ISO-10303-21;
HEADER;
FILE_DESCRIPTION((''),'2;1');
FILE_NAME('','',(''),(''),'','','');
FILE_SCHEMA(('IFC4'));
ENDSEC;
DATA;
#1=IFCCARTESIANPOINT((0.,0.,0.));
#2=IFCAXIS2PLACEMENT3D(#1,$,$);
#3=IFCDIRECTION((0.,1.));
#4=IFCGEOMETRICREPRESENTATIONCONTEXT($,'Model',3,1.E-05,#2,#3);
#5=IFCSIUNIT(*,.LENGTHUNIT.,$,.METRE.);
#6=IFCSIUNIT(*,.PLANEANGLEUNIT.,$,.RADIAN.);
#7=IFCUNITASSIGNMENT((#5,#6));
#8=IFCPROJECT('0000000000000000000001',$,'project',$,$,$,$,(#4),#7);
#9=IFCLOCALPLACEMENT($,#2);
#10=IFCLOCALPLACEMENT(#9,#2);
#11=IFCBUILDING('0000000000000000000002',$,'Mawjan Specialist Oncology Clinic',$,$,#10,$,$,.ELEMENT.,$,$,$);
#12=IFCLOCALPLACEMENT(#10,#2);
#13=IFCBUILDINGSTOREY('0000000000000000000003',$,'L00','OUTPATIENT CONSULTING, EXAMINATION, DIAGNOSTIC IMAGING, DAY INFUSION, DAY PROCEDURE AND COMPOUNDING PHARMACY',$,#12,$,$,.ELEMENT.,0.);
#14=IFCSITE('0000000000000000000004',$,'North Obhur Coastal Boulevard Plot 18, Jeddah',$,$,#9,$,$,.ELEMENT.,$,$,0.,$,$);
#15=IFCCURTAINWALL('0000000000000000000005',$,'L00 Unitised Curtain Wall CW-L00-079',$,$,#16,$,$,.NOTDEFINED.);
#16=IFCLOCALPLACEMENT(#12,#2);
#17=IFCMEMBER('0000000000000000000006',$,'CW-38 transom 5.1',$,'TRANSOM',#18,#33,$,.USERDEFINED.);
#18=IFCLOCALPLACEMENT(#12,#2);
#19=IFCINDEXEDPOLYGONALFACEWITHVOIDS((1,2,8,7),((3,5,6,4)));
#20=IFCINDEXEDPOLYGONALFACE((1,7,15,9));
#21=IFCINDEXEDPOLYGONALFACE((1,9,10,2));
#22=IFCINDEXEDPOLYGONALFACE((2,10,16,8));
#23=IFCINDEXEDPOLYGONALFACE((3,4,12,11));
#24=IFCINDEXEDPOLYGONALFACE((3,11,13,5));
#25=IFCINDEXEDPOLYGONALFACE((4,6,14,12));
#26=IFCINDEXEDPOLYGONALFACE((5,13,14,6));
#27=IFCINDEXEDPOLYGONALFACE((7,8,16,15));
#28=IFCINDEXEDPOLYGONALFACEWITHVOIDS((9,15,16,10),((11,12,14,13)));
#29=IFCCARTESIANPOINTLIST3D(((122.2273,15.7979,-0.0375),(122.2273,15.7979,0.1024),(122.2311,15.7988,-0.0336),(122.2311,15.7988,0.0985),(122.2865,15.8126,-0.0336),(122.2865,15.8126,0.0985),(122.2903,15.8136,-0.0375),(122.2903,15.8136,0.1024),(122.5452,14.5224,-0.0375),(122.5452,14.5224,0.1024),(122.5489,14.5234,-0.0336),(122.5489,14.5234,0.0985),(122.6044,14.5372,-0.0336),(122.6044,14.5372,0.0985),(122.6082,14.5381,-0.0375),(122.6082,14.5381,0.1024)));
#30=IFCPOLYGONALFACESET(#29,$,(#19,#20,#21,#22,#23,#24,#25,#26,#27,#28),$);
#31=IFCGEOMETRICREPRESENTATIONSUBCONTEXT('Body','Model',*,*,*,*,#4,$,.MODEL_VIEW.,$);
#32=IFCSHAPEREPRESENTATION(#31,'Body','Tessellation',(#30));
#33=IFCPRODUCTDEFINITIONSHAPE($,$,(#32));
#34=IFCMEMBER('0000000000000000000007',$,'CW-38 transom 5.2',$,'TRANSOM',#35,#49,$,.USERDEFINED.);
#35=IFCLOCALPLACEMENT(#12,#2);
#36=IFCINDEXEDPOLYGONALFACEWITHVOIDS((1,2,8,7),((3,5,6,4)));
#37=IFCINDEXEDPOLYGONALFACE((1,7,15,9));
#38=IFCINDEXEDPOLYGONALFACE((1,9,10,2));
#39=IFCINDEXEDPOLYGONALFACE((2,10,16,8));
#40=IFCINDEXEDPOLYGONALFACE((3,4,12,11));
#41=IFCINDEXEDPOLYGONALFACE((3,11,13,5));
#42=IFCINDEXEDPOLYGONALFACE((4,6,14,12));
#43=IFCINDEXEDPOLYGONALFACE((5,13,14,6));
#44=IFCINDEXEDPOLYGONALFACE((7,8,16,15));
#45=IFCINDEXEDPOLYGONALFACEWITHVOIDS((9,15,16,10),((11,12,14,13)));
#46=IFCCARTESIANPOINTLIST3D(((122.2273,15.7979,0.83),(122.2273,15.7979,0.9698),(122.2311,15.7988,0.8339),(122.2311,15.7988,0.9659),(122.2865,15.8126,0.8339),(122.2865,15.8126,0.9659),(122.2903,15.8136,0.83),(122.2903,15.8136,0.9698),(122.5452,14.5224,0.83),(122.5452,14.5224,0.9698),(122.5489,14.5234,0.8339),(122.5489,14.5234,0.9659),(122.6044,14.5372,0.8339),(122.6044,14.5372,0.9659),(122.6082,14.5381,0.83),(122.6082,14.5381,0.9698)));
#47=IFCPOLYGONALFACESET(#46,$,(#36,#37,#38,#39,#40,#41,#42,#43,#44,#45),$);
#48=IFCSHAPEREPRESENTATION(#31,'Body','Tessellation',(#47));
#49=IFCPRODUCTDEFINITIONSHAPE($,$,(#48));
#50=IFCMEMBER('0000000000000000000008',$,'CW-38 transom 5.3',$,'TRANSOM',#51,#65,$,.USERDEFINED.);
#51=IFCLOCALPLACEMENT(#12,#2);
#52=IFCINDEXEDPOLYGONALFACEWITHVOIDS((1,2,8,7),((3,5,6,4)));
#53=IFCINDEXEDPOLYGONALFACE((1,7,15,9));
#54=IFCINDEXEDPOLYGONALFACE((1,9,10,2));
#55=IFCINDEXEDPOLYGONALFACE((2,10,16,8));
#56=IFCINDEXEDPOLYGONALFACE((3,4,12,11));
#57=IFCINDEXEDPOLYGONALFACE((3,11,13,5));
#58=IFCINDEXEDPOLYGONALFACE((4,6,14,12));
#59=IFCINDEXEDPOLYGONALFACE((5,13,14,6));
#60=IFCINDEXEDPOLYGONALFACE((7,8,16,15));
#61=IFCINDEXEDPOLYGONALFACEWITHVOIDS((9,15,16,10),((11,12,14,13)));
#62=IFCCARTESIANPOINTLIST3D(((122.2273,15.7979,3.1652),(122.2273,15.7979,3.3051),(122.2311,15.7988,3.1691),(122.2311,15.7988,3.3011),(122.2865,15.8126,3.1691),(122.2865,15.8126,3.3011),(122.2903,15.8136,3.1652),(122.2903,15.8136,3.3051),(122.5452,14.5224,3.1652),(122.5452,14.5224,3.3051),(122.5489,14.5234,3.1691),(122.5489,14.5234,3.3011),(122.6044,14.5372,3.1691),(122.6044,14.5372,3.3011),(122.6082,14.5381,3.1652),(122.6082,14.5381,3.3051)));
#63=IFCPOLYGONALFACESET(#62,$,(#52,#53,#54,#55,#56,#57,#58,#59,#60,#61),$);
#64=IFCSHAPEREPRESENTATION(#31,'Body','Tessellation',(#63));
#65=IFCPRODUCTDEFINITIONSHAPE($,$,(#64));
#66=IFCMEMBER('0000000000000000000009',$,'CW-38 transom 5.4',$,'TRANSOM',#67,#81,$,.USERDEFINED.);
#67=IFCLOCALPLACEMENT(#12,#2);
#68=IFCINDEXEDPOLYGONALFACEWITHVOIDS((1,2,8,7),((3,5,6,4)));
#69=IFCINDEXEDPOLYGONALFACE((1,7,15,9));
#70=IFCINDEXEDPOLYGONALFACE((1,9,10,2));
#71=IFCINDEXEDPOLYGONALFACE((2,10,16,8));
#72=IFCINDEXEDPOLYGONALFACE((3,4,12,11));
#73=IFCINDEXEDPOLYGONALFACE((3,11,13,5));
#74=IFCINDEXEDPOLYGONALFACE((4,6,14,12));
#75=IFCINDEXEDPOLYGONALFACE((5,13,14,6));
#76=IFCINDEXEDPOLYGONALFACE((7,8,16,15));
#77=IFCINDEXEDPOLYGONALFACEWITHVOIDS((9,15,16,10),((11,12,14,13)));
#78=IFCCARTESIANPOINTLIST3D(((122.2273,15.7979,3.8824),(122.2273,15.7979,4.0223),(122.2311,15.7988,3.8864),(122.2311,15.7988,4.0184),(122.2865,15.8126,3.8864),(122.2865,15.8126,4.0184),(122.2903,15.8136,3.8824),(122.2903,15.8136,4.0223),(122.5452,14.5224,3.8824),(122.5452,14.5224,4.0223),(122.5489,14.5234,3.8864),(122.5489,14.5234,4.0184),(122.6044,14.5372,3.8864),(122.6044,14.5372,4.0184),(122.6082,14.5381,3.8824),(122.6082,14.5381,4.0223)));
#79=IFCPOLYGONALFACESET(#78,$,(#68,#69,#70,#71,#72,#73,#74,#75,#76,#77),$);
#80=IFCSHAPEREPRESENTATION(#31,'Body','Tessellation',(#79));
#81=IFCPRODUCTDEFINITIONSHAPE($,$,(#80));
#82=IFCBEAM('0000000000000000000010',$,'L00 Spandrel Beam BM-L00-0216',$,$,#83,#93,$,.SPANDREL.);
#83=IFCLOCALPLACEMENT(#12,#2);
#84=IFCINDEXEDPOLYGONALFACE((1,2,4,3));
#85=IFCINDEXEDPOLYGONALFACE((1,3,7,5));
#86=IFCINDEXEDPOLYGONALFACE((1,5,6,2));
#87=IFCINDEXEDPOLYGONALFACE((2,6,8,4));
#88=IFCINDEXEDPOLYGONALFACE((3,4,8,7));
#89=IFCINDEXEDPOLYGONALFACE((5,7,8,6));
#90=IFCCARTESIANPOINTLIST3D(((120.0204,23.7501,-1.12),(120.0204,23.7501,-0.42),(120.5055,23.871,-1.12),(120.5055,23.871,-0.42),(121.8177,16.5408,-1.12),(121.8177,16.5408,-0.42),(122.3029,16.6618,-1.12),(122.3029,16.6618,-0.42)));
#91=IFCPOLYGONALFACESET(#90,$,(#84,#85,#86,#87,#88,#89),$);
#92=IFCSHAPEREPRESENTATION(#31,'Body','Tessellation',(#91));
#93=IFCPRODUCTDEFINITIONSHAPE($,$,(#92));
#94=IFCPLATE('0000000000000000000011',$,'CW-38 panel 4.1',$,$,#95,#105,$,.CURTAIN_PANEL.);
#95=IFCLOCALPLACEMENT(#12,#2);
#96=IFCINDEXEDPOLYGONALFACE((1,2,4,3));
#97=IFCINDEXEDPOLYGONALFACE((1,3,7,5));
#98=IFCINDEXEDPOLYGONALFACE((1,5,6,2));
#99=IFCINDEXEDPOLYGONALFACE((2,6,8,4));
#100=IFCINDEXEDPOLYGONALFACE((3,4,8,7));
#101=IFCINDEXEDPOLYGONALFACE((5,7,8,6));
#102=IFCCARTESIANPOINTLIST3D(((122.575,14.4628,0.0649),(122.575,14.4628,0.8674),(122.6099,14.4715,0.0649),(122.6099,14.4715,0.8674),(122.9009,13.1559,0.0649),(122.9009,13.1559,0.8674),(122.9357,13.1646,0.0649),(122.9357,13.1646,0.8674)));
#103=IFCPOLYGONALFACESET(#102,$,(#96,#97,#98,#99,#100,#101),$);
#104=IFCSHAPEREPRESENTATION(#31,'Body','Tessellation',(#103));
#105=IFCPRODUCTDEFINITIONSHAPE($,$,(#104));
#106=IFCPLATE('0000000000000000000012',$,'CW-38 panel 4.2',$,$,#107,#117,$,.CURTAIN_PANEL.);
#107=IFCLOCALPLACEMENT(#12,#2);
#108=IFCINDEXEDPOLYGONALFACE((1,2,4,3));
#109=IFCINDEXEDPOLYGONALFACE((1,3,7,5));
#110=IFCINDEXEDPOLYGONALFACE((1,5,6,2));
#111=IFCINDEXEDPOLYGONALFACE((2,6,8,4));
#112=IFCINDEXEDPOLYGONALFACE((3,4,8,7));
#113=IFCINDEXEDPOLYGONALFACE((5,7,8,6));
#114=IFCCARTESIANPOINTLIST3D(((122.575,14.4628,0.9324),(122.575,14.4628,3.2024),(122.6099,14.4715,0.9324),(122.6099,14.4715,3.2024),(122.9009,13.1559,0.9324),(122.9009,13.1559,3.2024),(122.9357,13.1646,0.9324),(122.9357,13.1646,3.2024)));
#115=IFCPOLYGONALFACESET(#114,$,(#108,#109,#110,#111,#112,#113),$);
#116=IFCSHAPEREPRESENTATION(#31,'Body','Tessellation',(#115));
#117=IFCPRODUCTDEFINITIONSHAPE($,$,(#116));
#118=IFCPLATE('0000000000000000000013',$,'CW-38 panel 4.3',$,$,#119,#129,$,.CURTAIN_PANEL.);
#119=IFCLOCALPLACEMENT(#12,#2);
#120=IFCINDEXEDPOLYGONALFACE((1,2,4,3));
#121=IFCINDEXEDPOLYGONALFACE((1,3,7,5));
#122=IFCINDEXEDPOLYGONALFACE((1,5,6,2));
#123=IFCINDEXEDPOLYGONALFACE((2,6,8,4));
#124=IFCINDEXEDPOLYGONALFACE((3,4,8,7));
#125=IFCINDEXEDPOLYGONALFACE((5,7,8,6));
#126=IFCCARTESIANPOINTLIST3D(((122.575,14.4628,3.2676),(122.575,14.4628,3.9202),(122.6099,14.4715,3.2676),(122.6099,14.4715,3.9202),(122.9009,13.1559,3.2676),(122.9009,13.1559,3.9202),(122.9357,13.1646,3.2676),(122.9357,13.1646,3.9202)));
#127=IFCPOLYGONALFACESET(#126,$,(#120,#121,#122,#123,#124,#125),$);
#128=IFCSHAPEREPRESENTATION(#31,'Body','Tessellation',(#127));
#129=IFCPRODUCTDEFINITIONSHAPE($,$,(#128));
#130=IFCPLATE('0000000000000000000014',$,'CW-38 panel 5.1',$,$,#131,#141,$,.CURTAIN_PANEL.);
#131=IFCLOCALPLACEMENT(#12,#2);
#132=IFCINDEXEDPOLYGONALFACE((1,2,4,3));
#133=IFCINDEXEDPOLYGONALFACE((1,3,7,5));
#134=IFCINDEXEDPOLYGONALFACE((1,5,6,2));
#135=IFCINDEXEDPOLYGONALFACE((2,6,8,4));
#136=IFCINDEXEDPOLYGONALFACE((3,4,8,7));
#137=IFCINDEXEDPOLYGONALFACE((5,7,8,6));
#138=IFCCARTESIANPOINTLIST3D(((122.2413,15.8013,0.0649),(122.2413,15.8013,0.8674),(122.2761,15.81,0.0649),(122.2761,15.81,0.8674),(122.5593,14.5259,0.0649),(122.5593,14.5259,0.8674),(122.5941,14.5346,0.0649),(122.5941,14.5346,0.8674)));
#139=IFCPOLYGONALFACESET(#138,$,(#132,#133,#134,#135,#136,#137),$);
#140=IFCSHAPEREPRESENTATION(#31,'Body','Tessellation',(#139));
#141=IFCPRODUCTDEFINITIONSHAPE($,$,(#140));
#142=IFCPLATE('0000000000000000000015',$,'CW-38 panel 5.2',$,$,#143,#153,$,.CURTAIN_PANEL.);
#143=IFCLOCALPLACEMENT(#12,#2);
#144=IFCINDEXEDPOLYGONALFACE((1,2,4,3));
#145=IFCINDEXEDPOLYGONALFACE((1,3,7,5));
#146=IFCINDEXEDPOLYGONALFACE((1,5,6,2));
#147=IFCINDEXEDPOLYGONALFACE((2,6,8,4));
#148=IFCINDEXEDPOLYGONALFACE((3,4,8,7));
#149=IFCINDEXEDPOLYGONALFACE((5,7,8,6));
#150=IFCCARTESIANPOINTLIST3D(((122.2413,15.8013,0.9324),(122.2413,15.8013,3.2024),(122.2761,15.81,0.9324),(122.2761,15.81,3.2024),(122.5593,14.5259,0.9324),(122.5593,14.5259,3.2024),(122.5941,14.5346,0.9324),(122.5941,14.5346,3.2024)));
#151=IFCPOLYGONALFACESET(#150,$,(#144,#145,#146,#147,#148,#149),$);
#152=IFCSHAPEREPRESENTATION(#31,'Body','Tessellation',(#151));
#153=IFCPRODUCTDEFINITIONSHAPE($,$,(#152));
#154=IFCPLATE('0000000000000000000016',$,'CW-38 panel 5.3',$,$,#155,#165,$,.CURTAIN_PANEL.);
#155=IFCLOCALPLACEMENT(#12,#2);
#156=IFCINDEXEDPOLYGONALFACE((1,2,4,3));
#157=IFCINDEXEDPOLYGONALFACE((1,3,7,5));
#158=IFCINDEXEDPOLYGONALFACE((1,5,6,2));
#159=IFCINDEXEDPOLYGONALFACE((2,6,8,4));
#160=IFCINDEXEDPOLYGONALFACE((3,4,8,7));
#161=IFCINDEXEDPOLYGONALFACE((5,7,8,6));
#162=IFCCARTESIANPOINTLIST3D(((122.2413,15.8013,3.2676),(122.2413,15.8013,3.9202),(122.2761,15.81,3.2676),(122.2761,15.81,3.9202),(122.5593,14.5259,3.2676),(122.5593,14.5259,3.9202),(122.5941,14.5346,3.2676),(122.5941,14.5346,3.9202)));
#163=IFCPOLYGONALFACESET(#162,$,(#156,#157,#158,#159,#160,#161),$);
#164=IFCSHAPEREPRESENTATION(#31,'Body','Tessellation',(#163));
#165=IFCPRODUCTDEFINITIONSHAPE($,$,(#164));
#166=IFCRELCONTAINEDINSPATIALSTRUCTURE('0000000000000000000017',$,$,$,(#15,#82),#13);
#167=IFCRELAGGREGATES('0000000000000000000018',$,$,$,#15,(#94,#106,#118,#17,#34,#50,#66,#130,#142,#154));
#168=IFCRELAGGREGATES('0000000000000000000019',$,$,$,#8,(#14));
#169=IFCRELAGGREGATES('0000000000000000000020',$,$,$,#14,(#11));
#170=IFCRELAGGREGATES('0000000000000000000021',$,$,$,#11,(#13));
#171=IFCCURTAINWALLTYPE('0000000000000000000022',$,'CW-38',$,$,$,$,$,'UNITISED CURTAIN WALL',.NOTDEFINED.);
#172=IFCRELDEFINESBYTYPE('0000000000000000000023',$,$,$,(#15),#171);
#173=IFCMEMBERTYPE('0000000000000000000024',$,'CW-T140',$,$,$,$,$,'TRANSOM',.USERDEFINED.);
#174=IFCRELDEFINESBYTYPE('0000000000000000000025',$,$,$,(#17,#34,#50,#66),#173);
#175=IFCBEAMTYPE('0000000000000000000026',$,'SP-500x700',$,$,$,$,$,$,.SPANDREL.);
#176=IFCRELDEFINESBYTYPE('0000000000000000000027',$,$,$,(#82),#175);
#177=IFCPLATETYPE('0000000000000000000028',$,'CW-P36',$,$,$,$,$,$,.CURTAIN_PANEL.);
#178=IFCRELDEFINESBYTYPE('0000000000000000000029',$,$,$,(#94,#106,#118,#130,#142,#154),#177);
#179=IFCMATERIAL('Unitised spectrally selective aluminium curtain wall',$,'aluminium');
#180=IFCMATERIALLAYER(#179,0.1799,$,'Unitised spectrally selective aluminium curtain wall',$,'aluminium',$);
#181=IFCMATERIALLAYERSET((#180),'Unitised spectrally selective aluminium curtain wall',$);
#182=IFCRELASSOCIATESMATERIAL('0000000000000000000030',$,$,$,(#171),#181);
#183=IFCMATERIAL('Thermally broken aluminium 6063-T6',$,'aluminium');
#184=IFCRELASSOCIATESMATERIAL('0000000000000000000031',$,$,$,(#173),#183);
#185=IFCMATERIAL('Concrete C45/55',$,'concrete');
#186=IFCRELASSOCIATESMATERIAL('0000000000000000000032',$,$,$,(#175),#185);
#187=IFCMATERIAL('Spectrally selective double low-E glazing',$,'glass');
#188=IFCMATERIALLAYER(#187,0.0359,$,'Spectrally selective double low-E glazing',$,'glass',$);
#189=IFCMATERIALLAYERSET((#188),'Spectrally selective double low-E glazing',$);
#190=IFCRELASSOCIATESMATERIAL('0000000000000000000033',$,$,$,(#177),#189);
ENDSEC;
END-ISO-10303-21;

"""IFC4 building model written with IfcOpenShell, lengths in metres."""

from ifc_helpers import new_model, si_unit, direction, frame, origin, origin_2d, place, context, subcontext, project, spatial, rectangle, hollow_rectangle, extrude, material, layer, layer_set, material_profile, profile_set, type_object, element, aggregate, save


model = new_model("IFC4")

# Units and contexts
model_context = context("Model", 3, precision=1e-05, world=origin(), true_north=direction((0.0, 1.0)))
body_context = subcontext(model_context, "Body", "Model", "MODEL_VIEW")
ifc_project = project(units=[si_unit("LENGTHUNIT", "METRE"), si_unit("PLANEANGLEUNIT", "RADIAN")], contexts=[model_context])

# Site, building, storey
site_placement = place(None, origin())
site = spatial("IfcSite", under=ifc_project, at=site_placement, Name="North Obhur Coastal Boulevard Plot 18, Jeddah", CompositionType="ELEMENT", RefElevation=0.0)
building_placement = place(site_placement, origin())
building = spatial("IfcBuilding", under=site, at=building_placement, Name="Mawjan Specialist Oncology Clinic", CompositionType="ELEMENT")
storey_placement = place(building_placement, origin())
storey = spatial("IfcBuildingStorey", under=building, at=storey_placement, Name="L00", Description="OUTPATIENT CONSULTING, EXAMINATION, DIAGNOSTIC IMAGING, DAY INFUSION, DAY PROCEDURE AND COMPOUNDING PHARMACY", CompositionType="ELEMENT", Elevation=0.0)

# Curtain wall, members
ifc_material_1 = material(Name="Unitised spectrally selective aluminium curtain wall", Category="aluminium")
ifc_layer_1 = layer(ifc_material_1, 0.1799, Name="Unitised spectrally selective aluminium curtain wall", Category="aluminium")
ifc_layer_set_1 = layer_set([ifc_layer_1], Name="Unitised spectrally selective aluminium curtain wall")
curtain_wall_type = type_object("IfcCurtainWallType", Name="CW-38", ElementType="UNITISED CURTAIN WALL", PredefinedType="NOTDEFINED", material=ifc_layer_set_1)
curtain_wall_placement = place(storey_placement, origin())
curtain_wall = element("IfcCurtainWall", 1, at=curtain_wall_placement, inside=storey, type_object=curtain_wall_type, Name="L00 Unitised Curtain Wall CW-L00-079", PredefinedType="NOTDEFINED")
ifc_material_2 = material(Name="Thermally broken aluminium 6063-T6", Category="aluminium")
ifc_material_profile_1 = material_profile(ifc_material_2, hollow_rectangle(XDim=0.0649, YDim=0.1399, WallThickness=0.0039, at=origin_2d()), Name="ALU TRANSOM 140x65x4", Category="aluminium")
ifc_profile_set_1 = profile_set([ifc_material_profile_1], Name="Thermally broken aluminium 6063-T6")
member_type_1 = type_object("IfcMemberType", Name="CW-T140", ElementType="TRANSOM", PredefinedType="USERDEFINED", material=ifc_profile_set_1)
member_1_placement = place(storey_placement, frame((122.5767, 14.5303, 0.0325), z_axis=(-0.241836, 0.970317, 0.0), x_axis=(-0.970317, -0.241836, 0.0)))
member_1 = element("IfcMember", 2, at=member_1_placement, type_object=member_type_1, Name="CW-38 transom 5.1", ObjectType="TRANSOM", PredefinedType="USERDEFINED", context=body_context, shape_type="SweptSolid", body=[
    extrude(hollow_rectangle(XDim=0.0649, YDim=0.1399, WallThickness=0.0039, at=origin_2d()), origin(), (0.0, 0.0, 1.0), 1.3145),
])
member_2_placement = place(storey_placement, frame((122.5767, 14.5303, 0.8999), z_axis=(-0.241836, 0.970317, 0.0), x_axis=(-0.970317, -0.241836, 0.0)))
member_2 = element("IfcMember", 3, at=member_2_placement, type_object=member_type_1, Name="CW-38 transom 5.2", ObjectType="TRANSOM", PredefinedType="USERDEFINED", context=body_context, shape_type="SweptSolid", body=[
    extrude(hollow_rectangle(XDim=0.0649, YDim=0.1399, WallThickness=0.0039, at=origin_2d()), origin(), (0.0, 0.0, 1.0), 1.3145),
])
member_3_placement = place(storey_placement, frame((122.5767, 14.5303, 3.2351), z_axis=(-0.241836, 0.970317, 0.0), x_axis=(-0.970317, -0.241836, 0.0)))
member_3 = element("IfcMember", 4, at=member_3_placement, type_object=member_type_1, Name="CW-38 transom 5.3", ObjectType="TRANSOM", PredefinedType="USERDEFINED", context=body_context, shape_type="SweptSolid", body=[
    extrude(hollow_rectangle(XDim=0.0649, YDim=0.1399, WallThickness=0.0039, at=origin_2d()), origin(), (0.0, 0.0, 1.0), 1.3145),
])
member_4_placement = place(storey_placement, frame((122.5767, 14.5303, 3.9524), z_axis=(-0.241836, 0.970317, 0.0), x_axis=(-0.970317, -0.241836, 0.0)))
member_4 = element("IfcMember", 5, at=member_4_placement, type_object=member_type_1, Name="CW-38 transom 5.4", ObjectType="TRANSOM", PredefinedType="USERDEFINED", context=body_context, shape_type="SweptSolid", body=[
    extrude(hollow_rectangle(XDim=0.0649, YDim=0.1399, WallThickness=0.0039, at=origin_2d()), origin(), (0.0, 0.0, 1.0), 1.3145),
])

# Beam
ifc_material_3 = material(Name="Concrete C45/55", Category="concrete")
ifc_material_profile_2 = material_profile(ifc_material_3, rectangle(XDim=0.5, YDim=0.7, at=origin_2d()), Name="RC BM 500x700", Category="concrete")
ifc_profile_set_2 = profile_set([ifc_material_profile_2], Name="Concrete C45/55")
beam_type_1 = type_object("IfcBeamType", Name="SP-500x700", PredefinedType="SPANDREL", material=ifc_profile_set_2)
beam_1_placement = place(storey_placement, frame((122.0603, 16.6013, -0.77), z_axis=(-0.241909, 0.970299, 0.0), x_axis=(-0.970299, -0.241909, 0.0)))
element("IfcBeam", 6, at=beam_1_placement, inside=storey, type_object=beam_type_1, Name="L00 Spandrel Beam BM-L00-0216", PredefinedType="SPANDREL", context=body_context, shape_type="SweptSolid", body=[
    extrude(rectangle(XDim=0.5, YDim=0.7, at=origin_2d()), origin(), (0.0, 0.0, 1.0), 7.4299),
])

# Plates
ifc_material_4 = material(Name="Spectrally selective double low-E glazing", Category="glass")
ifc_layer_2 = layer(ifc_material_4, 0.0359, Name="Spectrally selective double low-E glazing", Category="glass")
ifc_layer_set_2 = layer_set([ifc_layer_2], Name="Spectrally selective double low-E glazing")
plate_type = type_object("IfcPlateType", Name="CW-P36", PredefinedType="CURTAIN_PANEL", material=ifc_layer_set_2)
plate_1_placement = place(storey_placement, frame((122.7554, 13.8137, 0.0649), z_axis=(0.0, 0.0, 1.0), x_axis=(-0.241922, 0.970296, 0.0)))
plate_1 = element("IfcPlate", 7, at=plate_1_placement, type_object=plate_type, Name="CW-38 panel 4.1", PredefinedType="CURTAIN_PANEL", context=body_context, shape_type="SweptSolid", body=[
    extrude(rectangle(XDim=1.3469, YDim=0.0359, at=origin_2d()), origin(), (0.0, 0.0, 1.0), 0.8025),
])
plate_2_placement = place(storey_placement, frame((122.7554, 13.8137, 0.9324), z_axis=(0.0, 0.0, 1.0), x_axis=(-0.241922, 0.970296, 0.0)))
plate_2 = element("IfcPlate", 8, at=plate_2_placement, type_object=plate_type, Name="CW-38 panel 4.2", PredefinedType="CURTAIN_PANEL", context=body_context, shape_type="SweptSolid", body=[
    extrude(rectangle(XDim=1.3469, YDim=0.0359, at=origin_2d()), origin(), (0.0, 0.0, 1.0), 2.27),
])
plate_3_placement = place(storey_placement, frame((122.7554, 13.8137, 3.2676), z_axis=(0.0, 0.0, 1.0), x_axis=(-0.241922, 0.970296, 0.0)))
plate_3 = element("IfcPlate", 9, at=plate_3_placement, type_object=plate_type, Name="CW-38 panel 4.3", PredefinedType="CURTAIN_PANEL", context=body_context, shape_type="SweptSolid", body=[
    extrude(rectangle(XDim=1.3469, YDim=0.0359, at=origin_2d()), origin(), (0.0, 0.0, 1.0), 0.6526),
])
plate_4_placement = place(storey_placement, frame((122.4177, 15.168, 0.0649), z_axis=(0.0, 0.0, 1.0), x_axis=(-0.241922, 0.970296, 0.0)))
plate_4 = element("IfcPlate", 10, at=plate_4_placement, type_object=plate_type, Name="CW-38 panel 5.1", PredefinedType="CURTAIN_PANEL", context=body_context, shape_type="SweptSolid", body=[
    extrude(rectangle(XDim=1.3145, YDim=0.0359, at=origin_2d()), origin(), (0.0, 0.0, 1.0), 0.8025),
])
plate_5_placement = place(storey_placement, frame((122.4177, 15.168, 0.9324), z_axis=(0.0, 0.0, 1.0), x_axis=(-0.241922, 0.970296, 0.0)))
plate_5 = element("IfcPlate", 11, at=plate_5_placement, type_object=plate_type, Name="CW-38 panel 5.2", PredefinedType="CURTAIN_PANEL", context=body_context, shape_type="SweptSolid", body=[
    extrude(rectangle(XDim=1.3145, YDim=0.0359, at=origin_2d()), origin(), (0.0, 0.0, 1.0), 2.27),
])
plate_6_placement = place(storey_placement, frame((122.4177, 15.168, 3.2676), z_axis=(0.0, 0.0, 1.0), x_axis=(-0.241922, 0.970296, 0.0)))
plate_6 = element("IfcPlate", 12, at=plate_6_placement, type_object=plate_type, Name="CW-38 panel 5.3", PredefinedType="CURTAIN_PANEL", context=body_context, shape_type="SweptSolid", body=[
    extrude(rectangle(XDim=1.3145, YDim=0.0359, at=origin_2d()), origin(), (0.0, 0.0, 1.0), 0.6526),
])
aggregate(curtain_wall, [plate_1, plate_2, plate_3, member_1, member_2, member_3, member_4, plate_4, plate_5, plate_6])

save(model, "model.ifc")
